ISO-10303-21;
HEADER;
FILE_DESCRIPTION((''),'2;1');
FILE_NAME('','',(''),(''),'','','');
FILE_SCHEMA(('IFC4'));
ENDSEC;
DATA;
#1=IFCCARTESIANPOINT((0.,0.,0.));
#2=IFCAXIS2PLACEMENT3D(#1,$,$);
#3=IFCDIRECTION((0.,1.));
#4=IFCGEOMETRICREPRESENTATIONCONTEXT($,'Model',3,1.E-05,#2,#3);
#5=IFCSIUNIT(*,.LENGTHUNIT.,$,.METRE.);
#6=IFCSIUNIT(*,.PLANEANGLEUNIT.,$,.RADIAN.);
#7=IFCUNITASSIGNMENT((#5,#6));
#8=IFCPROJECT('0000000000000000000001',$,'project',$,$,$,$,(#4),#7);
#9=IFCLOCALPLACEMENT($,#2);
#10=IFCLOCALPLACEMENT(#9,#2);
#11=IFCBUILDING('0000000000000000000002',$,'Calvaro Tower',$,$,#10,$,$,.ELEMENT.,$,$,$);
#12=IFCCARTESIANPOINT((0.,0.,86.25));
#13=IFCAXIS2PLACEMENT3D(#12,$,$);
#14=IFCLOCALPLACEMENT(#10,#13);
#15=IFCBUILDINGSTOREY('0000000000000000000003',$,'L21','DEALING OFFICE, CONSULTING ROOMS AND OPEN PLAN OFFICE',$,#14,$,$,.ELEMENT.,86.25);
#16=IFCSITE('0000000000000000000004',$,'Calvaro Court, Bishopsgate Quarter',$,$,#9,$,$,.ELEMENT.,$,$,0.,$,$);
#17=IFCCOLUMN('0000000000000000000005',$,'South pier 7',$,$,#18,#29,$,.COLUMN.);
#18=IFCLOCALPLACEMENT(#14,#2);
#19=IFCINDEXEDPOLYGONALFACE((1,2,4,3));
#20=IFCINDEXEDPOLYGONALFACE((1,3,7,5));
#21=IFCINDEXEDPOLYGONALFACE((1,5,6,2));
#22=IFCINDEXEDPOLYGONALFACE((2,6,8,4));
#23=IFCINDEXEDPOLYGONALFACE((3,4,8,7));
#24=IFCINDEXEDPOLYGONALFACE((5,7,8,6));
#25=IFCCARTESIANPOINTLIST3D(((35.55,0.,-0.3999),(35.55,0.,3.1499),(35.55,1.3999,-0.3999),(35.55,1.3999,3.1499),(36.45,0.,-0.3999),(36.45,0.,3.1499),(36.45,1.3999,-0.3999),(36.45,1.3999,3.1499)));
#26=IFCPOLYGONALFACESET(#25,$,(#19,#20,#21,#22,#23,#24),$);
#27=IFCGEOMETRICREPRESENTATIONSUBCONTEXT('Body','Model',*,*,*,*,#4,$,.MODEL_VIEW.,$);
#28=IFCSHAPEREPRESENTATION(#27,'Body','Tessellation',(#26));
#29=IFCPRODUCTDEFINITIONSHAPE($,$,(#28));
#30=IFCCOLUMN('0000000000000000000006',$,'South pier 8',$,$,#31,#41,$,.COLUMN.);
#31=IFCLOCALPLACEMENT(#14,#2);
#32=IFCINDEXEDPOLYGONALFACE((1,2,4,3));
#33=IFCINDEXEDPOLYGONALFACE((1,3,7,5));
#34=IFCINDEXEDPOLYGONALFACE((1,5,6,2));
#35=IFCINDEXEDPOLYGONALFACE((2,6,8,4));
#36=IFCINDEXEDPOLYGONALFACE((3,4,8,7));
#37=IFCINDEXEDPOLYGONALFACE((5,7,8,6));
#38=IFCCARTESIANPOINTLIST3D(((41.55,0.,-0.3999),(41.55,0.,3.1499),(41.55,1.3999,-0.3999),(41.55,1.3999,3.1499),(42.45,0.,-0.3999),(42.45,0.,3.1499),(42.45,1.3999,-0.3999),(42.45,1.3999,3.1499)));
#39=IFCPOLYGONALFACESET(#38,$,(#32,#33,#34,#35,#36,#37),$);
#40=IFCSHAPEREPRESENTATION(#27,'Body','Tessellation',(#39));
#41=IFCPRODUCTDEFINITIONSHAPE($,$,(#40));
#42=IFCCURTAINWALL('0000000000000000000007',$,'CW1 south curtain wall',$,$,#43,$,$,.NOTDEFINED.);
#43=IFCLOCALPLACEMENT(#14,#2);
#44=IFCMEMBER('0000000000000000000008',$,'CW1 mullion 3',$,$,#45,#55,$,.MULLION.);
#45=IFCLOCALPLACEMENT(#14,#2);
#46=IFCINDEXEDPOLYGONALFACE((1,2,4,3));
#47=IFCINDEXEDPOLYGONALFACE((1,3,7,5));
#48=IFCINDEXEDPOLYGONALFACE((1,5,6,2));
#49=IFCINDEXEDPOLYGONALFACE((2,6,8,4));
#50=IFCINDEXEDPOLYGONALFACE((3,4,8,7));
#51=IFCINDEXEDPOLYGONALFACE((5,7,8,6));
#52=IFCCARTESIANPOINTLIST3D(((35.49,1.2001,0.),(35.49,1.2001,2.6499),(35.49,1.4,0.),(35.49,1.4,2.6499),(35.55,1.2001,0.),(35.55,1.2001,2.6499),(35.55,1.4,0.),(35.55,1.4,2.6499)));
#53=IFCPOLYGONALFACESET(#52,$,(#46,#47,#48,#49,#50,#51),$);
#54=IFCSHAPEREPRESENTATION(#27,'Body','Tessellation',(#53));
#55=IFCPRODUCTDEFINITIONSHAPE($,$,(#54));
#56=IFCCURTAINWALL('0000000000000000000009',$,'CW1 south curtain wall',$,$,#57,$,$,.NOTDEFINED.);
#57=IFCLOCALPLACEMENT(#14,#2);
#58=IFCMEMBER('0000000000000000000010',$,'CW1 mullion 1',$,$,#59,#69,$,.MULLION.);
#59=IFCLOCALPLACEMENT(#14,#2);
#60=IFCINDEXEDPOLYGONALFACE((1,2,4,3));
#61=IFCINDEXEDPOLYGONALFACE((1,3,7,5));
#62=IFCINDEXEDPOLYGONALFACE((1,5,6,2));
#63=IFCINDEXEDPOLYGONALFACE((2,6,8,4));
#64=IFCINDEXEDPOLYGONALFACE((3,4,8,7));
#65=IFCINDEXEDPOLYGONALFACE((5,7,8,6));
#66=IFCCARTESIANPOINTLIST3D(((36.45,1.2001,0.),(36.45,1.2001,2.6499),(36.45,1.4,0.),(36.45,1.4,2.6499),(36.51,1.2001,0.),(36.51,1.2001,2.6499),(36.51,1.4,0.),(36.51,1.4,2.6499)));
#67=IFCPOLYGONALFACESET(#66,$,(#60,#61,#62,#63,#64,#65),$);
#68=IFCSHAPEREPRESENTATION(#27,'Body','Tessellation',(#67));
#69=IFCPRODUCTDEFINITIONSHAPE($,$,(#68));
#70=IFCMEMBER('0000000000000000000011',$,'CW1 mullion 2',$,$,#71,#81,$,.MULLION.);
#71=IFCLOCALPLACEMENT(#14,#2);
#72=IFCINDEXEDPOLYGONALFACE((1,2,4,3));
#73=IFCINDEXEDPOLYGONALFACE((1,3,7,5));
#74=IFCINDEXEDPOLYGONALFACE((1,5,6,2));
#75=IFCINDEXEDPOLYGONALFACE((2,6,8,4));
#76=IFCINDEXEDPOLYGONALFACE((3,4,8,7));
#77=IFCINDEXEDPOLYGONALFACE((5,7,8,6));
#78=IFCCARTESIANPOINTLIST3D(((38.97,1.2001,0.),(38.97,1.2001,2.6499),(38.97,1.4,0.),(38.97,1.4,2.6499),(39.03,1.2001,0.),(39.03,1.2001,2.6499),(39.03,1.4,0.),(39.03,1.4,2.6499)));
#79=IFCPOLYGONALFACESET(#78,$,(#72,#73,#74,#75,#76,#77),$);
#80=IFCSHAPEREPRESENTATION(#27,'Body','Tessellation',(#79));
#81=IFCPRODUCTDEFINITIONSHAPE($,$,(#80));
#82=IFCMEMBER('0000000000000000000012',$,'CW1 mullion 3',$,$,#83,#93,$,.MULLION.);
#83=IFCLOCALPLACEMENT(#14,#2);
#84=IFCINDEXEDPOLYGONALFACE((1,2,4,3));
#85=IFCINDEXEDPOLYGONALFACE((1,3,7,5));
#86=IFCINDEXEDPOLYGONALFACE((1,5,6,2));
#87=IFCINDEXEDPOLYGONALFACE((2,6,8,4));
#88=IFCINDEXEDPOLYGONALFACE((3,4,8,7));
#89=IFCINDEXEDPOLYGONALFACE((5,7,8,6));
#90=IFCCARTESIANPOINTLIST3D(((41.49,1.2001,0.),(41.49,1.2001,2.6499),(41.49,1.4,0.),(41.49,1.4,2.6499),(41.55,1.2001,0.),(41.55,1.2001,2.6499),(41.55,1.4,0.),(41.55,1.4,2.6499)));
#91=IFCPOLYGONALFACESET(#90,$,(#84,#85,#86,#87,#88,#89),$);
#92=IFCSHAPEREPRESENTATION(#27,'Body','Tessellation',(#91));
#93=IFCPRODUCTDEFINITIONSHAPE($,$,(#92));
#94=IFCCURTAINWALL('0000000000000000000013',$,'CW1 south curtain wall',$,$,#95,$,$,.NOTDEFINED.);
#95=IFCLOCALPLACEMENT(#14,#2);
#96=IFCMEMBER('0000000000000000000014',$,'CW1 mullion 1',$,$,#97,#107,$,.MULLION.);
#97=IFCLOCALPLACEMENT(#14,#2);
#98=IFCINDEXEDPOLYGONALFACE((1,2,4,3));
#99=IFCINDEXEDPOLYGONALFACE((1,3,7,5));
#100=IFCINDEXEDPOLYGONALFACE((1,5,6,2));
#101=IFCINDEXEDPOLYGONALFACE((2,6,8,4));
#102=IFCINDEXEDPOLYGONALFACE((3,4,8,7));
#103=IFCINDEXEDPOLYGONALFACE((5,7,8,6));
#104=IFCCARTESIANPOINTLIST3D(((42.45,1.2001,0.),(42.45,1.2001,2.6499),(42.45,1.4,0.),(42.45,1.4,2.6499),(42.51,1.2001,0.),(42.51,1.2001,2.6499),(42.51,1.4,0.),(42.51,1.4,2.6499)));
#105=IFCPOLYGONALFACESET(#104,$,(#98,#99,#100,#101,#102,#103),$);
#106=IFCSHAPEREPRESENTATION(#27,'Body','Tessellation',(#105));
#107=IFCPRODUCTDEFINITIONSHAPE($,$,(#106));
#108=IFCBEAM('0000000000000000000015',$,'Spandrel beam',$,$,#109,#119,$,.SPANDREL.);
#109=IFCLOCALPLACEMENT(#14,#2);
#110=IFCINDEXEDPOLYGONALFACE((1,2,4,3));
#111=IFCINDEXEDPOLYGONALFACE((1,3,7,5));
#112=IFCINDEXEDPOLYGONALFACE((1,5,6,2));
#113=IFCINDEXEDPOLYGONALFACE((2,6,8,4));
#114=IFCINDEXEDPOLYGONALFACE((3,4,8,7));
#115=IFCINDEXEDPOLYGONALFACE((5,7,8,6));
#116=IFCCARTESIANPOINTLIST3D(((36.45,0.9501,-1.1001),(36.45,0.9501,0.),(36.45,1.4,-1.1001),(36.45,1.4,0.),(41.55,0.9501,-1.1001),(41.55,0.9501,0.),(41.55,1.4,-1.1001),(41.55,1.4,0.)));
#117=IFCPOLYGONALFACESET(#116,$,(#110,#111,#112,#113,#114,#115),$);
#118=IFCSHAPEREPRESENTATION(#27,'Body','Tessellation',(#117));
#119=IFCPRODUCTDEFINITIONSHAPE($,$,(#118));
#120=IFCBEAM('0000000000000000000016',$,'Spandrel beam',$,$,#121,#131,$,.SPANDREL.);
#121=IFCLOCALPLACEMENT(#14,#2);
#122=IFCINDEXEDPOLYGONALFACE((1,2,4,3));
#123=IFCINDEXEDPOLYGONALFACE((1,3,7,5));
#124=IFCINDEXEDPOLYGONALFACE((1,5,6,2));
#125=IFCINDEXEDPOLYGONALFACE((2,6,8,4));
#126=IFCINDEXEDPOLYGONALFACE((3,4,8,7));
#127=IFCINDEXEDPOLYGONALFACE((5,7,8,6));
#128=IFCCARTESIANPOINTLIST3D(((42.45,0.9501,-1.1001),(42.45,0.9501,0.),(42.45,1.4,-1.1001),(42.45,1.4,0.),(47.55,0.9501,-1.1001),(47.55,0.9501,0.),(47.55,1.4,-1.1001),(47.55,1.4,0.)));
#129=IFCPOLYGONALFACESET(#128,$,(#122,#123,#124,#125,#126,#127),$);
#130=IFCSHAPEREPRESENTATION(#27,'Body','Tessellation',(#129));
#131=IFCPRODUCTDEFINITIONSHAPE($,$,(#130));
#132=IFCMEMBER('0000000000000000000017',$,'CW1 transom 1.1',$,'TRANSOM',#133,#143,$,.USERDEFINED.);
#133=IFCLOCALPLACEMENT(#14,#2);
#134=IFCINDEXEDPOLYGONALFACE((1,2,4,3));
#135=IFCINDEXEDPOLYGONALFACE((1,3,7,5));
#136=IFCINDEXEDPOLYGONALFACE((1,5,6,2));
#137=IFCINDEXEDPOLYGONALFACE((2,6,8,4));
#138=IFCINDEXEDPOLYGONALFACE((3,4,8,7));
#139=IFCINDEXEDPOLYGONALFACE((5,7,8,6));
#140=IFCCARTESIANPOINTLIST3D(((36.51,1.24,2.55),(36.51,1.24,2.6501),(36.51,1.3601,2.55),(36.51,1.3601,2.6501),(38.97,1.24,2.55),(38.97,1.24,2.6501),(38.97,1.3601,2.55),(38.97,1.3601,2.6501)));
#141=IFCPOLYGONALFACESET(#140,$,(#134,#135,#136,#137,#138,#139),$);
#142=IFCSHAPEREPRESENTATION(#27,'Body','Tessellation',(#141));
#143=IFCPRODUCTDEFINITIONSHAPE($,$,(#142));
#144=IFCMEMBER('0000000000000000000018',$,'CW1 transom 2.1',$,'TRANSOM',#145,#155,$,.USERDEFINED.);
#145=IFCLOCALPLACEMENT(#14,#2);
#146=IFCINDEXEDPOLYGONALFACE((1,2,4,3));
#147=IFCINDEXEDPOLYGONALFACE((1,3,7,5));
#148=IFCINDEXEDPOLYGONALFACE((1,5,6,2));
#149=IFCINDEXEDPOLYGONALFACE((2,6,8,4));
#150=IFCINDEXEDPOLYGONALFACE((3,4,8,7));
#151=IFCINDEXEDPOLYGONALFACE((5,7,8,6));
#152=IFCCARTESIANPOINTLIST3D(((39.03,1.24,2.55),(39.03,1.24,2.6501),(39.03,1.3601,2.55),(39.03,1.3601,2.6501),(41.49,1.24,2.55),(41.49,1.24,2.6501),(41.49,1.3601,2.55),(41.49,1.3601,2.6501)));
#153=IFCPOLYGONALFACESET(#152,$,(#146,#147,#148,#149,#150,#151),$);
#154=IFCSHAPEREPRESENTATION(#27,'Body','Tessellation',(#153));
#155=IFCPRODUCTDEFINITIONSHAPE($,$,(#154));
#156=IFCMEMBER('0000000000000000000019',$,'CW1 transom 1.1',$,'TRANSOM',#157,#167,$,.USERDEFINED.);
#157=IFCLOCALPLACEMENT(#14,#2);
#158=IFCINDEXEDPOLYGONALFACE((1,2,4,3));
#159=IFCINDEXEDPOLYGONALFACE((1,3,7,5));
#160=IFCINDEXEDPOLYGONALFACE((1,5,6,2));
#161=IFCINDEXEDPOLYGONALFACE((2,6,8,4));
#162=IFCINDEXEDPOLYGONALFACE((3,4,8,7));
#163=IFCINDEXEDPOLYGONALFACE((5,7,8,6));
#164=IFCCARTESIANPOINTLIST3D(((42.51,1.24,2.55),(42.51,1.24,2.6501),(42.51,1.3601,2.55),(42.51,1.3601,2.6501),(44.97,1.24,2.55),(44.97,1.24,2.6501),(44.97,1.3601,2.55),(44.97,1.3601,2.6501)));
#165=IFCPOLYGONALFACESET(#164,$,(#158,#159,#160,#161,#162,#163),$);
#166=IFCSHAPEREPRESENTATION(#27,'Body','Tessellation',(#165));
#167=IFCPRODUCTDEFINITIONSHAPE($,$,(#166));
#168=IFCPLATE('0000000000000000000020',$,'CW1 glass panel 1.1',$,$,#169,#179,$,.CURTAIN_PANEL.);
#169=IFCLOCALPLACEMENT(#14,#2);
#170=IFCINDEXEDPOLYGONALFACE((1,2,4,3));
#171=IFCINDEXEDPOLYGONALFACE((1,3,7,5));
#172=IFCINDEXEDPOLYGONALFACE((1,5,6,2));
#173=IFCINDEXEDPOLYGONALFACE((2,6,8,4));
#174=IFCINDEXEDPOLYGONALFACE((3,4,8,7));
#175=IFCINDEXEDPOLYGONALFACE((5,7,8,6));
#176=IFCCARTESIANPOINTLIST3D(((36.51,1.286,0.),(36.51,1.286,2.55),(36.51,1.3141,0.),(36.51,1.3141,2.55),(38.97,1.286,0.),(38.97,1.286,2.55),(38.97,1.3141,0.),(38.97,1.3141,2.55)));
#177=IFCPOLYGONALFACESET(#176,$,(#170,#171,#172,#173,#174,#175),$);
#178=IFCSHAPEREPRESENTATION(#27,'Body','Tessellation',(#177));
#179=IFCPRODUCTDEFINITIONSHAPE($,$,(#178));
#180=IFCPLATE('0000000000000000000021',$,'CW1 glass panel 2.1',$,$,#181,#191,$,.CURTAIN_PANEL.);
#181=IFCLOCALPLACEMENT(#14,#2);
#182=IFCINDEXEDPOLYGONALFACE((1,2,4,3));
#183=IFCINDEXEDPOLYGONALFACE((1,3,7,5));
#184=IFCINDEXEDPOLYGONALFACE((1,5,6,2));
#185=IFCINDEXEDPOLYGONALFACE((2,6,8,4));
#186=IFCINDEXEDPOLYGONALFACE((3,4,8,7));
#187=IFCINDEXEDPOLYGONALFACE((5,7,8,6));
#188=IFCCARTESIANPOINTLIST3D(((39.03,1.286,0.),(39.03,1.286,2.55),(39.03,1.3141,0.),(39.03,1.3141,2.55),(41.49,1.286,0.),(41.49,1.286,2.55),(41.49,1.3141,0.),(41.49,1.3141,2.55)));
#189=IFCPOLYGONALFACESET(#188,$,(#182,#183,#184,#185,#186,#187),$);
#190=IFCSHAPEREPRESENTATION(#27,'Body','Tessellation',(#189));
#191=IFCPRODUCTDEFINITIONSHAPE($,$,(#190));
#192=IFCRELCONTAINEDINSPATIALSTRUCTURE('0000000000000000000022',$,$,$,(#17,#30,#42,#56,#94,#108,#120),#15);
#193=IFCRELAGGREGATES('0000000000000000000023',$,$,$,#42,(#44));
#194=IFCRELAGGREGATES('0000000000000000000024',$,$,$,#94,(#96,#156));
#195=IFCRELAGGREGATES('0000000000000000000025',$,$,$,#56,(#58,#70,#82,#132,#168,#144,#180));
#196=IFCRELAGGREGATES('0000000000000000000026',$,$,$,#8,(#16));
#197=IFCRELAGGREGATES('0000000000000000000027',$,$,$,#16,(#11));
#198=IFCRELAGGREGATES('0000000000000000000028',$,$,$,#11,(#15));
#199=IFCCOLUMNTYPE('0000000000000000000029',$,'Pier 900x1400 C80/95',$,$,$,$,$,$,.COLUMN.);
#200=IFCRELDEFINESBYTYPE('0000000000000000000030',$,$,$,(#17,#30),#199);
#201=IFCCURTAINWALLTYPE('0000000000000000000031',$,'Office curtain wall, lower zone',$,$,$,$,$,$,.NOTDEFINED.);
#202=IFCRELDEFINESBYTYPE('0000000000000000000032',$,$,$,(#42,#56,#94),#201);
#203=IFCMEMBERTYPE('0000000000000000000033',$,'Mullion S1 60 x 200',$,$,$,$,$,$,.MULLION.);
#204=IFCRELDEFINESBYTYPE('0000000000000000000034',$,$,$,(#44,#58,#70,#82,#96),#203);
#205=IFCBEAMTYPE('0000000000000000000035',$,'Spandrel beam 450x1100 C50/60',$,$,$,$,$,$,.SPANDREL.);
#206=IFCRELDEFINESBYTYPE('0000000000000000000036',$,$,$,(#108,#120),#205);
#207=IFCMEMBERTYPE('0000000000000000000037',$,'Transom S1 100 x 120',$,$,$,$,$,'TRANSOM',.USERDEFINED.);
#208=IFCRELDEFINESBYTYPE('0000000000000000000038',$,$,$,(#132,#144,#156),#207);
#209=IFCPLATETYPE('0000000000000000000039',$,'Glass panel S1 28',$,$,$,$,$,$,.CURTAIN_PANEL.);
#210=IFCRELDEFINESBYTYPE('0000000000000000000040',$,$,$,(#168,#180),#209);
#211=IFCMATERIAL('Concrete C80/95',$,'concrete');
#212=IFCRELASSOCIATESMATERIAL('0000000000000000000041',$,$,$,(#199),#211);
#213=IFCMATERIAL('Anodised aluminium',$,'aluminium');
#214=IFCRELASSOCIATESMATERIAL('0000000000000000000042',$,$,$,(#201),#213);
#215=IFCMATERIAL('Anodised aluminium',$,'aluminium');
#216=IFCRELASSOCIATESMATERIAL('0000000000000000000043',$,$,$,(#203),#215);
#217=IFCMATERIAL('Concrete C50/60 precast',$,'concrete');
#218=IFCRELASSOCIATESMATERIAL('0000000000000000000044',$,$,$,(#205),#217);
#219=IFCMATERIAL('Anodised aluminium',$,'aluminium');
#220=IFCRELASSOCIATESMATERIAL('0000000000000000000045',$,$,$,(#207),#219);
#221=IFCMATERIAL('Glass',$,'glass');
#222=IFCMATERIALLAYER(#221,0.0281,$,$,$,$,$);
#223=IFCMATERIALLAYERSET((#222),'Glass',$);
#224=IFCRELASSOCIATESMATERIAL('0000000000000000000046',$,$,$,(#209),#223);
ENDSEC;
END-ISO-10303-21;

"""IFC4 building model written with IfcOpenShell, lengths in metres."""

from ifc_helpers import new_model, si_unit, direction, frame, origin, origin_2d, place, context, subcontext, project, spatial, rectangle, extrude, material, layer, layer_set, material_profile, profile_set, type_object, element, aggregate, save


model = new_model("IFC4")

# Units and contexts
model_context = context("Model", 3, precision=1e-05, world=origin(), true_north=direction((0.0, 1.0)))
body_context = subcontext(model_context, "Body", "Model", "MODEL_VIEW")
ifc_project = project(units=[si_unit("LENGTHUNIT", "METRE"), si_unit("PLANEANGLEUNIT", "RADIAN")], contexts=[model_context])

# Site, building, storey
site_placement = place(None, origin())
site = spatial("IfcSite", under=ifc_project, at=site_placement, Name="Calvaro Court, Bishopsgate Quarter", CompositionType="ELEMENT", RefElevation=0.0)
building_placement = place(site_placement, origin())
building = spatial("IfcBuilding", under=site, at=building_placement, Name="Calvaro Tower", CompositionType="ELEMENT")
storey_placement = place(building_placement, frame((0.0, 0.0, 86.25)))
storey = spatial("IfcBuildingStorey", under=building, at=storey_placement, Name="L21", Description="DEALING OFFICE, CONSULTING ROOMS AND OPEN PLAN OFFICE", CompositionType="ELEMENT", Elevation=86.25)

# Columns
ifc_material_1 = material(Name="Concrete C80/95", Category="concrete")
ifc_material_profile_1 = material_profile(ifc_material_1, rectangle(XDim=0.8999, YDim=1.3999, at=origin_2d()), Name="RC 900x1400")
ifc_profile_set_1 = profile_set([ifc_material_profile_1], Name="Concrete C80/95")
column_type = type_object("IfcColumnType", Name="Pier 900x1400 C80/95", PredefinedType="COLUMN", material=ifc_profile_set_1)
for number, where, z_axis, x_axis, name in (
    (1, (36.0, 0.7, -0.3999), (0.0, 0.0, 1.0), (1.0, 0.0, 0.0), "South pier 7"),
    (2, (42.0, 0.7, -0.3999), (0.0, 0.0, 1.0), (1.0, 0.0, 0.0), "South pier 8"),
):
    element("IfcColumn", number, at=place(storey_placement, frame(where, z_axis=z_axis, x_axis=x_axis)), inside=storey, type_object=column_type, Name=name, PredefinedType="COLUMN", context=body_context, shape_type="SweptSolid", body=[
        extrude(rectangle(XDim=0.8999, YDim=1.3999, at=origin_2d()), origin(), (0.0, 0.0, 1.0), 3.5498),
    ])

# Curtain wall, member
ifc_material_2 = material(Name="Anodised aluminium", Category="aluminium")
curtain_wall_type = type_object("IfcCurtainWallType", Name="Office curtain wall, lower zone", PredefinedType="NOTDEFINED", material=ifc_material_2)
curtain_wall_1_placement = place(storey_placement, origin())
curtain_wall_1 = element("IfcCurtainWall", 3, at=curtain_wall_1_placement, inside=storey, type_object=curtain_wall_type, Name="CW1 south curtain wall", PredefinedType="NOTDEFINED")
ifc_material_3 = material(Name="Anodised aluminium", Category="aluminium")
ifc_material_profile_2 = material_profile(ifc_material_3, rectangle(XDim=0.2, YDim=0.0601, at=origin_2d()), Name="Mullion S1 60 x 200")
ifc_profile_set_2 = profile_set([ifc_material_profile_2], Name="Anodised aluminium")
member_type_1 = type_object("IfcMemberType", Name="Mullion S1 60 x 200", PredefinedType="MULLION", material=ifc_profile_set_2)
member_1_placement = place(storey_placement, frame((35.52, 1.3, 0.0), z_axis=(0.0, 0.0, 1.0), x_axis=(0.0, 1.0, 0.0)))
member_1 = element("IfcMember", 4, at=member_1_placement, type_object=member_type_1, Name="CW1 mullion 3", PredefinedType="MULLION", context=body_context, shape_type="SweptSolid", body=[
    extrude(rectangle(XDim=0.2, YDim=0.0601, at=origin_2d()), origin(), (0.0, 0.0, 1.0), 2.6499),
])
aggregate(curtain_wall_1, [member_1])

# Curtain wall, members
curtain_wall_2_placement = place(storey_placement, origin())
curtain_wall_2 = element("IfcCurtainWall", 5, at=curtain_wall_2_placement, inside=storey, type_object=curtain_wall_type, Name="CW1 south curtain wall", PredefinedType="NOTDEFINED")
member_2_placement = place(storey_placement, frame((36.48, 1.3, 0.0), z_axis=(0.0, 0.0, 1.0), x_axis=(0.0, 1.0, 0.0)))
member_2 = element("IfcMember", 6, at=member_2_placement, type_object=member_type_1, Name="CW1 mullion 1", PredefinedType="MULLION", context=body_context, shape_type="SweptSolid", body=[
    extrude(rectangle(XDim=0.2, YDim=0.0601, at=origin_2d()), origin(), (0.0, 0.0, 1.0), 2.6499),
])
member_3_placement = place(storey_placement, frame((39.0, 1.3, 0.0), z_axis=(0.0, 0.0, 1.0), x_axis=(0.0, 1.0, 0.0)))
member_3 = element("IfcMember", 7, at=member_3_placement, type_object=member_type_1, Name="CW1 mullion 2", PredefinedType="MULLION", context=body_context, shape_type="SweptSolid", body=[
    extrude(rectangle(XDim=0.2, YDim=0.0601, at=origin_2d()), origin(), (0.0, 0.0, 1.0), 2.6499),
])
member_4_placement = place(storey_placement, frame((41.52, 1.3, 0.0), z_axis=(0.0, 0.0, 1.0), x_axis=(0.0, 1.0, 0.0)))
member_4 = element("IfcMember", 8, at=member_4_placement, type_object=member_type_1, Name="CW1 mullion 3", PredefinedType="MULLION", context=body_context, shape_type="SweptSolid", body=[
    extrude(rectangle(XDim=0.2, YDim=0.0601, at=origin_2d()), origin(), (0.0, 0.0, 1.0), 2.6499),
])

# Curtain wall, member
curtain_wall_3_placement = place(storey_placement, origin())
curtain_wall_3 = element("IfcCurtainWall", 9, at=curtain_wall_3_placement, inside=storey, type_object=curtain_wall_type, Name="CW1 south curtain wall", PredefinedType="NOTDEFINED")
member_5_placement = place(storey_placement, frame((42.48, 1.3, 0.0), z_axis=(0.0, 0.0, 1.0), x_axis=(0.0, 1.0, 0.0)))
member_5 = element("IfcMember", 10, at=member_5_placement, type_object=member_type_1, Name="CW1 mullion 1", PredefinedType="MULLION", context=body_context, shape_type="SweptSolid", body=[
    extrude(rectangle(XDim=0.2, YDim=0.0601, at=origin_2d()), origin(), (0.0, 0.0, 1.0), 2.6499),
])

# Beams
ifc_material_4 = material(Name="Concrete C50/60 precast", Category="concrete")
ifc_material_profile_3 = material_profile(ifc_material_4, rectangle(XDim=0.45, YDim=1.1001, at=origin_2d()), Name="RC 450x1100")
ifc_profile_set_3 = profile_set([ifc_material_profile_3], Name="Concrete C50/60 precast")
beam_type = type_object("IfcBeamType", Name="Spandrel beam 450x1100 C50/60", PredefinedType="SPANDREL", material=ifc_profile_set_3)
for number, where, z_axis, x_axis, name in (
    (11, (36.45, 1.175, -0.55), (1.0, 0.0, 0.0), (0.0, 1.0, 0.0), "Spandrel beam"),
    (12, (42.45, 1.175, -0.55), (1.0, 0.0, 0.0), (0.0, 1.0, 0.0), "Spandrel beam"),
):
    element("IfcBeam", number, at=place(storey_placement, frame(where, z_axis=z_axis, x_axis=x_axis)), inside=storey, type_object=beam_type, Name=name, PredefinedType="SPANDREL", context=body_context, shape_type="SweptSolid", body=[
        extrude(rectangle(XDim=0.45, YDim=1.1001, at=origin_2d()), origin(), (0.0, 0.0, 1.0), 5.1001),
    ])

# Members
ifc_material_5 = material(Name="Anodised aluminium", Category="aluminium")
ifc_material_profile_4 = material_profile(ifc_material_5, rectangle(XDim=0.1201, YDim=0.1001, at=origin_2d()), Name="Transom S1 100 x 120")
ifc_profile_set_4 = profile_set([ifc_material_profile_4], Name="Anodised aluminium")
member_type_2 = type_object("IfcMemberType", Name="Transom S1 100 x 120", ElementType="TRANSOM", PredefinedType="USERDEFINED", material=ifc_profile_set_4)
member_6_placement = place(storey_placement, frame((36.51, 1.3, 2.6001), z_axis=(1.0, 0.0, 0.0), x_axis=(0.0, 1.0, 0.0)))
member_6 = element("IfcMember", 13, at=member_6_placement, type_object=member_type_2, Name="CW1 transom 1.1", ObjectType="TRANSOM", PredefinedType="USERDEFINED", context=body_context, shape_type="SweptSolid", body=[
    extrude(rectangle(XDim=0.1201, YDim=0.1001, at=origin_2d()), origin(), (0.0, 0.0, 1.0), 2.46),
])
member_7_placement = place(storey_placement, frame((39.03, 1.3, 2.6001), z_axis=(1.0, 0.0, 0.0), x_axis=(0.0, 1.0, 0.0)))
member_7 = element("IfcMember", 14, at=member_7_placement, type_object=member_type_2, Name="CW1 transom 2.1", ObjectType="TRANSOM", PredefinedType="USERDEFINED", context=body_context, shape_type="SweptSolid", body=[
    extrude(rectangle(XDim=0.1201, YDim=0.1001, at=origin_2d()), origin(), (0.0, 0.0, 1.0), 2.46),
])
member_8_placement = place(storey_placement, frame((42.51, 1.3, 2.6001), z_axis=(1.0, 0.0, 0.0), x_axis=(0.0, 1.0, 0.0)))
member_8 = element("IfcMember", 15, at=member_8_placement, type_object=member_type_2, Name="CW1 transom 1.1", ObjectType="TRANSOM", PredefinedType="USERDEFINED", context=body_context, shape_type="SweptSolid", body=[
    extrude(rectangle(XDim=0.1201, YDim=0.1001, at=origin_2d()), origin(), (0.0, 0.0, 1.0), 2.46),
])
aggregate(curtain_wall_3, [member_5, member_8])

# Plates
ifc_material_6 = material(Name="Glass", Category="glass")
ifc_layer = layer(ifc_material_6, 0.0281)
ifc_layer_set = layer_set([ifc_layer], Name="Glass")
plate_type = type_object("IfcPlateType", Name="Glass panel S1 28", PredefinedType="CURTAIN_PANEL", material=ifc_layer_set)
plate_1_placement = place(storey_placement, frame((37.74, 1.3, 0.0), z_axis=(0.0, 0.0, 1.0), x_axis=(1.0, 0.0, 0.0)))
plate_1 = element("IfcPlate", 16, at=plate_1_placement, type_object=plate_type, Name="CW1 glass panel 1.1", PredefinedType="CURTAIN_PANEL", context=body_context, shape_type="SweptSolid", body=[
    extrude(rectangle(XDim=2.46, YDim=0.0281, at=origin_2d()), origin(), (0.0, 0.0, 1.0), 2.55),
])
plate_2_placement = place(storey_placement, frame((40.26, 1.3, 0.0), z_axis=(0.0, 0.0, 1.0), x_axis=(1.0, 0.0, 0.0)))
plate_2 = element("IfcPlate", 17, at=plate_2_placement, type_object=plate_type, Name="CW1 glass panel 2.1", PredefinedType="CURTAIN_PANEL", context=body_context, shape_type="SweptSolid", body=[
    extrude(rectangle(XDim=2.46, YDim=0.0281, at=origin_2d()), origin(), (0.0, 0.0, 1.0), 2.55),
])
aggregate(curtain_wall_2, [member_2, member_3, member_4, member_6, plate_1, member_7, plate_2])

save(model, "model.ifc")
